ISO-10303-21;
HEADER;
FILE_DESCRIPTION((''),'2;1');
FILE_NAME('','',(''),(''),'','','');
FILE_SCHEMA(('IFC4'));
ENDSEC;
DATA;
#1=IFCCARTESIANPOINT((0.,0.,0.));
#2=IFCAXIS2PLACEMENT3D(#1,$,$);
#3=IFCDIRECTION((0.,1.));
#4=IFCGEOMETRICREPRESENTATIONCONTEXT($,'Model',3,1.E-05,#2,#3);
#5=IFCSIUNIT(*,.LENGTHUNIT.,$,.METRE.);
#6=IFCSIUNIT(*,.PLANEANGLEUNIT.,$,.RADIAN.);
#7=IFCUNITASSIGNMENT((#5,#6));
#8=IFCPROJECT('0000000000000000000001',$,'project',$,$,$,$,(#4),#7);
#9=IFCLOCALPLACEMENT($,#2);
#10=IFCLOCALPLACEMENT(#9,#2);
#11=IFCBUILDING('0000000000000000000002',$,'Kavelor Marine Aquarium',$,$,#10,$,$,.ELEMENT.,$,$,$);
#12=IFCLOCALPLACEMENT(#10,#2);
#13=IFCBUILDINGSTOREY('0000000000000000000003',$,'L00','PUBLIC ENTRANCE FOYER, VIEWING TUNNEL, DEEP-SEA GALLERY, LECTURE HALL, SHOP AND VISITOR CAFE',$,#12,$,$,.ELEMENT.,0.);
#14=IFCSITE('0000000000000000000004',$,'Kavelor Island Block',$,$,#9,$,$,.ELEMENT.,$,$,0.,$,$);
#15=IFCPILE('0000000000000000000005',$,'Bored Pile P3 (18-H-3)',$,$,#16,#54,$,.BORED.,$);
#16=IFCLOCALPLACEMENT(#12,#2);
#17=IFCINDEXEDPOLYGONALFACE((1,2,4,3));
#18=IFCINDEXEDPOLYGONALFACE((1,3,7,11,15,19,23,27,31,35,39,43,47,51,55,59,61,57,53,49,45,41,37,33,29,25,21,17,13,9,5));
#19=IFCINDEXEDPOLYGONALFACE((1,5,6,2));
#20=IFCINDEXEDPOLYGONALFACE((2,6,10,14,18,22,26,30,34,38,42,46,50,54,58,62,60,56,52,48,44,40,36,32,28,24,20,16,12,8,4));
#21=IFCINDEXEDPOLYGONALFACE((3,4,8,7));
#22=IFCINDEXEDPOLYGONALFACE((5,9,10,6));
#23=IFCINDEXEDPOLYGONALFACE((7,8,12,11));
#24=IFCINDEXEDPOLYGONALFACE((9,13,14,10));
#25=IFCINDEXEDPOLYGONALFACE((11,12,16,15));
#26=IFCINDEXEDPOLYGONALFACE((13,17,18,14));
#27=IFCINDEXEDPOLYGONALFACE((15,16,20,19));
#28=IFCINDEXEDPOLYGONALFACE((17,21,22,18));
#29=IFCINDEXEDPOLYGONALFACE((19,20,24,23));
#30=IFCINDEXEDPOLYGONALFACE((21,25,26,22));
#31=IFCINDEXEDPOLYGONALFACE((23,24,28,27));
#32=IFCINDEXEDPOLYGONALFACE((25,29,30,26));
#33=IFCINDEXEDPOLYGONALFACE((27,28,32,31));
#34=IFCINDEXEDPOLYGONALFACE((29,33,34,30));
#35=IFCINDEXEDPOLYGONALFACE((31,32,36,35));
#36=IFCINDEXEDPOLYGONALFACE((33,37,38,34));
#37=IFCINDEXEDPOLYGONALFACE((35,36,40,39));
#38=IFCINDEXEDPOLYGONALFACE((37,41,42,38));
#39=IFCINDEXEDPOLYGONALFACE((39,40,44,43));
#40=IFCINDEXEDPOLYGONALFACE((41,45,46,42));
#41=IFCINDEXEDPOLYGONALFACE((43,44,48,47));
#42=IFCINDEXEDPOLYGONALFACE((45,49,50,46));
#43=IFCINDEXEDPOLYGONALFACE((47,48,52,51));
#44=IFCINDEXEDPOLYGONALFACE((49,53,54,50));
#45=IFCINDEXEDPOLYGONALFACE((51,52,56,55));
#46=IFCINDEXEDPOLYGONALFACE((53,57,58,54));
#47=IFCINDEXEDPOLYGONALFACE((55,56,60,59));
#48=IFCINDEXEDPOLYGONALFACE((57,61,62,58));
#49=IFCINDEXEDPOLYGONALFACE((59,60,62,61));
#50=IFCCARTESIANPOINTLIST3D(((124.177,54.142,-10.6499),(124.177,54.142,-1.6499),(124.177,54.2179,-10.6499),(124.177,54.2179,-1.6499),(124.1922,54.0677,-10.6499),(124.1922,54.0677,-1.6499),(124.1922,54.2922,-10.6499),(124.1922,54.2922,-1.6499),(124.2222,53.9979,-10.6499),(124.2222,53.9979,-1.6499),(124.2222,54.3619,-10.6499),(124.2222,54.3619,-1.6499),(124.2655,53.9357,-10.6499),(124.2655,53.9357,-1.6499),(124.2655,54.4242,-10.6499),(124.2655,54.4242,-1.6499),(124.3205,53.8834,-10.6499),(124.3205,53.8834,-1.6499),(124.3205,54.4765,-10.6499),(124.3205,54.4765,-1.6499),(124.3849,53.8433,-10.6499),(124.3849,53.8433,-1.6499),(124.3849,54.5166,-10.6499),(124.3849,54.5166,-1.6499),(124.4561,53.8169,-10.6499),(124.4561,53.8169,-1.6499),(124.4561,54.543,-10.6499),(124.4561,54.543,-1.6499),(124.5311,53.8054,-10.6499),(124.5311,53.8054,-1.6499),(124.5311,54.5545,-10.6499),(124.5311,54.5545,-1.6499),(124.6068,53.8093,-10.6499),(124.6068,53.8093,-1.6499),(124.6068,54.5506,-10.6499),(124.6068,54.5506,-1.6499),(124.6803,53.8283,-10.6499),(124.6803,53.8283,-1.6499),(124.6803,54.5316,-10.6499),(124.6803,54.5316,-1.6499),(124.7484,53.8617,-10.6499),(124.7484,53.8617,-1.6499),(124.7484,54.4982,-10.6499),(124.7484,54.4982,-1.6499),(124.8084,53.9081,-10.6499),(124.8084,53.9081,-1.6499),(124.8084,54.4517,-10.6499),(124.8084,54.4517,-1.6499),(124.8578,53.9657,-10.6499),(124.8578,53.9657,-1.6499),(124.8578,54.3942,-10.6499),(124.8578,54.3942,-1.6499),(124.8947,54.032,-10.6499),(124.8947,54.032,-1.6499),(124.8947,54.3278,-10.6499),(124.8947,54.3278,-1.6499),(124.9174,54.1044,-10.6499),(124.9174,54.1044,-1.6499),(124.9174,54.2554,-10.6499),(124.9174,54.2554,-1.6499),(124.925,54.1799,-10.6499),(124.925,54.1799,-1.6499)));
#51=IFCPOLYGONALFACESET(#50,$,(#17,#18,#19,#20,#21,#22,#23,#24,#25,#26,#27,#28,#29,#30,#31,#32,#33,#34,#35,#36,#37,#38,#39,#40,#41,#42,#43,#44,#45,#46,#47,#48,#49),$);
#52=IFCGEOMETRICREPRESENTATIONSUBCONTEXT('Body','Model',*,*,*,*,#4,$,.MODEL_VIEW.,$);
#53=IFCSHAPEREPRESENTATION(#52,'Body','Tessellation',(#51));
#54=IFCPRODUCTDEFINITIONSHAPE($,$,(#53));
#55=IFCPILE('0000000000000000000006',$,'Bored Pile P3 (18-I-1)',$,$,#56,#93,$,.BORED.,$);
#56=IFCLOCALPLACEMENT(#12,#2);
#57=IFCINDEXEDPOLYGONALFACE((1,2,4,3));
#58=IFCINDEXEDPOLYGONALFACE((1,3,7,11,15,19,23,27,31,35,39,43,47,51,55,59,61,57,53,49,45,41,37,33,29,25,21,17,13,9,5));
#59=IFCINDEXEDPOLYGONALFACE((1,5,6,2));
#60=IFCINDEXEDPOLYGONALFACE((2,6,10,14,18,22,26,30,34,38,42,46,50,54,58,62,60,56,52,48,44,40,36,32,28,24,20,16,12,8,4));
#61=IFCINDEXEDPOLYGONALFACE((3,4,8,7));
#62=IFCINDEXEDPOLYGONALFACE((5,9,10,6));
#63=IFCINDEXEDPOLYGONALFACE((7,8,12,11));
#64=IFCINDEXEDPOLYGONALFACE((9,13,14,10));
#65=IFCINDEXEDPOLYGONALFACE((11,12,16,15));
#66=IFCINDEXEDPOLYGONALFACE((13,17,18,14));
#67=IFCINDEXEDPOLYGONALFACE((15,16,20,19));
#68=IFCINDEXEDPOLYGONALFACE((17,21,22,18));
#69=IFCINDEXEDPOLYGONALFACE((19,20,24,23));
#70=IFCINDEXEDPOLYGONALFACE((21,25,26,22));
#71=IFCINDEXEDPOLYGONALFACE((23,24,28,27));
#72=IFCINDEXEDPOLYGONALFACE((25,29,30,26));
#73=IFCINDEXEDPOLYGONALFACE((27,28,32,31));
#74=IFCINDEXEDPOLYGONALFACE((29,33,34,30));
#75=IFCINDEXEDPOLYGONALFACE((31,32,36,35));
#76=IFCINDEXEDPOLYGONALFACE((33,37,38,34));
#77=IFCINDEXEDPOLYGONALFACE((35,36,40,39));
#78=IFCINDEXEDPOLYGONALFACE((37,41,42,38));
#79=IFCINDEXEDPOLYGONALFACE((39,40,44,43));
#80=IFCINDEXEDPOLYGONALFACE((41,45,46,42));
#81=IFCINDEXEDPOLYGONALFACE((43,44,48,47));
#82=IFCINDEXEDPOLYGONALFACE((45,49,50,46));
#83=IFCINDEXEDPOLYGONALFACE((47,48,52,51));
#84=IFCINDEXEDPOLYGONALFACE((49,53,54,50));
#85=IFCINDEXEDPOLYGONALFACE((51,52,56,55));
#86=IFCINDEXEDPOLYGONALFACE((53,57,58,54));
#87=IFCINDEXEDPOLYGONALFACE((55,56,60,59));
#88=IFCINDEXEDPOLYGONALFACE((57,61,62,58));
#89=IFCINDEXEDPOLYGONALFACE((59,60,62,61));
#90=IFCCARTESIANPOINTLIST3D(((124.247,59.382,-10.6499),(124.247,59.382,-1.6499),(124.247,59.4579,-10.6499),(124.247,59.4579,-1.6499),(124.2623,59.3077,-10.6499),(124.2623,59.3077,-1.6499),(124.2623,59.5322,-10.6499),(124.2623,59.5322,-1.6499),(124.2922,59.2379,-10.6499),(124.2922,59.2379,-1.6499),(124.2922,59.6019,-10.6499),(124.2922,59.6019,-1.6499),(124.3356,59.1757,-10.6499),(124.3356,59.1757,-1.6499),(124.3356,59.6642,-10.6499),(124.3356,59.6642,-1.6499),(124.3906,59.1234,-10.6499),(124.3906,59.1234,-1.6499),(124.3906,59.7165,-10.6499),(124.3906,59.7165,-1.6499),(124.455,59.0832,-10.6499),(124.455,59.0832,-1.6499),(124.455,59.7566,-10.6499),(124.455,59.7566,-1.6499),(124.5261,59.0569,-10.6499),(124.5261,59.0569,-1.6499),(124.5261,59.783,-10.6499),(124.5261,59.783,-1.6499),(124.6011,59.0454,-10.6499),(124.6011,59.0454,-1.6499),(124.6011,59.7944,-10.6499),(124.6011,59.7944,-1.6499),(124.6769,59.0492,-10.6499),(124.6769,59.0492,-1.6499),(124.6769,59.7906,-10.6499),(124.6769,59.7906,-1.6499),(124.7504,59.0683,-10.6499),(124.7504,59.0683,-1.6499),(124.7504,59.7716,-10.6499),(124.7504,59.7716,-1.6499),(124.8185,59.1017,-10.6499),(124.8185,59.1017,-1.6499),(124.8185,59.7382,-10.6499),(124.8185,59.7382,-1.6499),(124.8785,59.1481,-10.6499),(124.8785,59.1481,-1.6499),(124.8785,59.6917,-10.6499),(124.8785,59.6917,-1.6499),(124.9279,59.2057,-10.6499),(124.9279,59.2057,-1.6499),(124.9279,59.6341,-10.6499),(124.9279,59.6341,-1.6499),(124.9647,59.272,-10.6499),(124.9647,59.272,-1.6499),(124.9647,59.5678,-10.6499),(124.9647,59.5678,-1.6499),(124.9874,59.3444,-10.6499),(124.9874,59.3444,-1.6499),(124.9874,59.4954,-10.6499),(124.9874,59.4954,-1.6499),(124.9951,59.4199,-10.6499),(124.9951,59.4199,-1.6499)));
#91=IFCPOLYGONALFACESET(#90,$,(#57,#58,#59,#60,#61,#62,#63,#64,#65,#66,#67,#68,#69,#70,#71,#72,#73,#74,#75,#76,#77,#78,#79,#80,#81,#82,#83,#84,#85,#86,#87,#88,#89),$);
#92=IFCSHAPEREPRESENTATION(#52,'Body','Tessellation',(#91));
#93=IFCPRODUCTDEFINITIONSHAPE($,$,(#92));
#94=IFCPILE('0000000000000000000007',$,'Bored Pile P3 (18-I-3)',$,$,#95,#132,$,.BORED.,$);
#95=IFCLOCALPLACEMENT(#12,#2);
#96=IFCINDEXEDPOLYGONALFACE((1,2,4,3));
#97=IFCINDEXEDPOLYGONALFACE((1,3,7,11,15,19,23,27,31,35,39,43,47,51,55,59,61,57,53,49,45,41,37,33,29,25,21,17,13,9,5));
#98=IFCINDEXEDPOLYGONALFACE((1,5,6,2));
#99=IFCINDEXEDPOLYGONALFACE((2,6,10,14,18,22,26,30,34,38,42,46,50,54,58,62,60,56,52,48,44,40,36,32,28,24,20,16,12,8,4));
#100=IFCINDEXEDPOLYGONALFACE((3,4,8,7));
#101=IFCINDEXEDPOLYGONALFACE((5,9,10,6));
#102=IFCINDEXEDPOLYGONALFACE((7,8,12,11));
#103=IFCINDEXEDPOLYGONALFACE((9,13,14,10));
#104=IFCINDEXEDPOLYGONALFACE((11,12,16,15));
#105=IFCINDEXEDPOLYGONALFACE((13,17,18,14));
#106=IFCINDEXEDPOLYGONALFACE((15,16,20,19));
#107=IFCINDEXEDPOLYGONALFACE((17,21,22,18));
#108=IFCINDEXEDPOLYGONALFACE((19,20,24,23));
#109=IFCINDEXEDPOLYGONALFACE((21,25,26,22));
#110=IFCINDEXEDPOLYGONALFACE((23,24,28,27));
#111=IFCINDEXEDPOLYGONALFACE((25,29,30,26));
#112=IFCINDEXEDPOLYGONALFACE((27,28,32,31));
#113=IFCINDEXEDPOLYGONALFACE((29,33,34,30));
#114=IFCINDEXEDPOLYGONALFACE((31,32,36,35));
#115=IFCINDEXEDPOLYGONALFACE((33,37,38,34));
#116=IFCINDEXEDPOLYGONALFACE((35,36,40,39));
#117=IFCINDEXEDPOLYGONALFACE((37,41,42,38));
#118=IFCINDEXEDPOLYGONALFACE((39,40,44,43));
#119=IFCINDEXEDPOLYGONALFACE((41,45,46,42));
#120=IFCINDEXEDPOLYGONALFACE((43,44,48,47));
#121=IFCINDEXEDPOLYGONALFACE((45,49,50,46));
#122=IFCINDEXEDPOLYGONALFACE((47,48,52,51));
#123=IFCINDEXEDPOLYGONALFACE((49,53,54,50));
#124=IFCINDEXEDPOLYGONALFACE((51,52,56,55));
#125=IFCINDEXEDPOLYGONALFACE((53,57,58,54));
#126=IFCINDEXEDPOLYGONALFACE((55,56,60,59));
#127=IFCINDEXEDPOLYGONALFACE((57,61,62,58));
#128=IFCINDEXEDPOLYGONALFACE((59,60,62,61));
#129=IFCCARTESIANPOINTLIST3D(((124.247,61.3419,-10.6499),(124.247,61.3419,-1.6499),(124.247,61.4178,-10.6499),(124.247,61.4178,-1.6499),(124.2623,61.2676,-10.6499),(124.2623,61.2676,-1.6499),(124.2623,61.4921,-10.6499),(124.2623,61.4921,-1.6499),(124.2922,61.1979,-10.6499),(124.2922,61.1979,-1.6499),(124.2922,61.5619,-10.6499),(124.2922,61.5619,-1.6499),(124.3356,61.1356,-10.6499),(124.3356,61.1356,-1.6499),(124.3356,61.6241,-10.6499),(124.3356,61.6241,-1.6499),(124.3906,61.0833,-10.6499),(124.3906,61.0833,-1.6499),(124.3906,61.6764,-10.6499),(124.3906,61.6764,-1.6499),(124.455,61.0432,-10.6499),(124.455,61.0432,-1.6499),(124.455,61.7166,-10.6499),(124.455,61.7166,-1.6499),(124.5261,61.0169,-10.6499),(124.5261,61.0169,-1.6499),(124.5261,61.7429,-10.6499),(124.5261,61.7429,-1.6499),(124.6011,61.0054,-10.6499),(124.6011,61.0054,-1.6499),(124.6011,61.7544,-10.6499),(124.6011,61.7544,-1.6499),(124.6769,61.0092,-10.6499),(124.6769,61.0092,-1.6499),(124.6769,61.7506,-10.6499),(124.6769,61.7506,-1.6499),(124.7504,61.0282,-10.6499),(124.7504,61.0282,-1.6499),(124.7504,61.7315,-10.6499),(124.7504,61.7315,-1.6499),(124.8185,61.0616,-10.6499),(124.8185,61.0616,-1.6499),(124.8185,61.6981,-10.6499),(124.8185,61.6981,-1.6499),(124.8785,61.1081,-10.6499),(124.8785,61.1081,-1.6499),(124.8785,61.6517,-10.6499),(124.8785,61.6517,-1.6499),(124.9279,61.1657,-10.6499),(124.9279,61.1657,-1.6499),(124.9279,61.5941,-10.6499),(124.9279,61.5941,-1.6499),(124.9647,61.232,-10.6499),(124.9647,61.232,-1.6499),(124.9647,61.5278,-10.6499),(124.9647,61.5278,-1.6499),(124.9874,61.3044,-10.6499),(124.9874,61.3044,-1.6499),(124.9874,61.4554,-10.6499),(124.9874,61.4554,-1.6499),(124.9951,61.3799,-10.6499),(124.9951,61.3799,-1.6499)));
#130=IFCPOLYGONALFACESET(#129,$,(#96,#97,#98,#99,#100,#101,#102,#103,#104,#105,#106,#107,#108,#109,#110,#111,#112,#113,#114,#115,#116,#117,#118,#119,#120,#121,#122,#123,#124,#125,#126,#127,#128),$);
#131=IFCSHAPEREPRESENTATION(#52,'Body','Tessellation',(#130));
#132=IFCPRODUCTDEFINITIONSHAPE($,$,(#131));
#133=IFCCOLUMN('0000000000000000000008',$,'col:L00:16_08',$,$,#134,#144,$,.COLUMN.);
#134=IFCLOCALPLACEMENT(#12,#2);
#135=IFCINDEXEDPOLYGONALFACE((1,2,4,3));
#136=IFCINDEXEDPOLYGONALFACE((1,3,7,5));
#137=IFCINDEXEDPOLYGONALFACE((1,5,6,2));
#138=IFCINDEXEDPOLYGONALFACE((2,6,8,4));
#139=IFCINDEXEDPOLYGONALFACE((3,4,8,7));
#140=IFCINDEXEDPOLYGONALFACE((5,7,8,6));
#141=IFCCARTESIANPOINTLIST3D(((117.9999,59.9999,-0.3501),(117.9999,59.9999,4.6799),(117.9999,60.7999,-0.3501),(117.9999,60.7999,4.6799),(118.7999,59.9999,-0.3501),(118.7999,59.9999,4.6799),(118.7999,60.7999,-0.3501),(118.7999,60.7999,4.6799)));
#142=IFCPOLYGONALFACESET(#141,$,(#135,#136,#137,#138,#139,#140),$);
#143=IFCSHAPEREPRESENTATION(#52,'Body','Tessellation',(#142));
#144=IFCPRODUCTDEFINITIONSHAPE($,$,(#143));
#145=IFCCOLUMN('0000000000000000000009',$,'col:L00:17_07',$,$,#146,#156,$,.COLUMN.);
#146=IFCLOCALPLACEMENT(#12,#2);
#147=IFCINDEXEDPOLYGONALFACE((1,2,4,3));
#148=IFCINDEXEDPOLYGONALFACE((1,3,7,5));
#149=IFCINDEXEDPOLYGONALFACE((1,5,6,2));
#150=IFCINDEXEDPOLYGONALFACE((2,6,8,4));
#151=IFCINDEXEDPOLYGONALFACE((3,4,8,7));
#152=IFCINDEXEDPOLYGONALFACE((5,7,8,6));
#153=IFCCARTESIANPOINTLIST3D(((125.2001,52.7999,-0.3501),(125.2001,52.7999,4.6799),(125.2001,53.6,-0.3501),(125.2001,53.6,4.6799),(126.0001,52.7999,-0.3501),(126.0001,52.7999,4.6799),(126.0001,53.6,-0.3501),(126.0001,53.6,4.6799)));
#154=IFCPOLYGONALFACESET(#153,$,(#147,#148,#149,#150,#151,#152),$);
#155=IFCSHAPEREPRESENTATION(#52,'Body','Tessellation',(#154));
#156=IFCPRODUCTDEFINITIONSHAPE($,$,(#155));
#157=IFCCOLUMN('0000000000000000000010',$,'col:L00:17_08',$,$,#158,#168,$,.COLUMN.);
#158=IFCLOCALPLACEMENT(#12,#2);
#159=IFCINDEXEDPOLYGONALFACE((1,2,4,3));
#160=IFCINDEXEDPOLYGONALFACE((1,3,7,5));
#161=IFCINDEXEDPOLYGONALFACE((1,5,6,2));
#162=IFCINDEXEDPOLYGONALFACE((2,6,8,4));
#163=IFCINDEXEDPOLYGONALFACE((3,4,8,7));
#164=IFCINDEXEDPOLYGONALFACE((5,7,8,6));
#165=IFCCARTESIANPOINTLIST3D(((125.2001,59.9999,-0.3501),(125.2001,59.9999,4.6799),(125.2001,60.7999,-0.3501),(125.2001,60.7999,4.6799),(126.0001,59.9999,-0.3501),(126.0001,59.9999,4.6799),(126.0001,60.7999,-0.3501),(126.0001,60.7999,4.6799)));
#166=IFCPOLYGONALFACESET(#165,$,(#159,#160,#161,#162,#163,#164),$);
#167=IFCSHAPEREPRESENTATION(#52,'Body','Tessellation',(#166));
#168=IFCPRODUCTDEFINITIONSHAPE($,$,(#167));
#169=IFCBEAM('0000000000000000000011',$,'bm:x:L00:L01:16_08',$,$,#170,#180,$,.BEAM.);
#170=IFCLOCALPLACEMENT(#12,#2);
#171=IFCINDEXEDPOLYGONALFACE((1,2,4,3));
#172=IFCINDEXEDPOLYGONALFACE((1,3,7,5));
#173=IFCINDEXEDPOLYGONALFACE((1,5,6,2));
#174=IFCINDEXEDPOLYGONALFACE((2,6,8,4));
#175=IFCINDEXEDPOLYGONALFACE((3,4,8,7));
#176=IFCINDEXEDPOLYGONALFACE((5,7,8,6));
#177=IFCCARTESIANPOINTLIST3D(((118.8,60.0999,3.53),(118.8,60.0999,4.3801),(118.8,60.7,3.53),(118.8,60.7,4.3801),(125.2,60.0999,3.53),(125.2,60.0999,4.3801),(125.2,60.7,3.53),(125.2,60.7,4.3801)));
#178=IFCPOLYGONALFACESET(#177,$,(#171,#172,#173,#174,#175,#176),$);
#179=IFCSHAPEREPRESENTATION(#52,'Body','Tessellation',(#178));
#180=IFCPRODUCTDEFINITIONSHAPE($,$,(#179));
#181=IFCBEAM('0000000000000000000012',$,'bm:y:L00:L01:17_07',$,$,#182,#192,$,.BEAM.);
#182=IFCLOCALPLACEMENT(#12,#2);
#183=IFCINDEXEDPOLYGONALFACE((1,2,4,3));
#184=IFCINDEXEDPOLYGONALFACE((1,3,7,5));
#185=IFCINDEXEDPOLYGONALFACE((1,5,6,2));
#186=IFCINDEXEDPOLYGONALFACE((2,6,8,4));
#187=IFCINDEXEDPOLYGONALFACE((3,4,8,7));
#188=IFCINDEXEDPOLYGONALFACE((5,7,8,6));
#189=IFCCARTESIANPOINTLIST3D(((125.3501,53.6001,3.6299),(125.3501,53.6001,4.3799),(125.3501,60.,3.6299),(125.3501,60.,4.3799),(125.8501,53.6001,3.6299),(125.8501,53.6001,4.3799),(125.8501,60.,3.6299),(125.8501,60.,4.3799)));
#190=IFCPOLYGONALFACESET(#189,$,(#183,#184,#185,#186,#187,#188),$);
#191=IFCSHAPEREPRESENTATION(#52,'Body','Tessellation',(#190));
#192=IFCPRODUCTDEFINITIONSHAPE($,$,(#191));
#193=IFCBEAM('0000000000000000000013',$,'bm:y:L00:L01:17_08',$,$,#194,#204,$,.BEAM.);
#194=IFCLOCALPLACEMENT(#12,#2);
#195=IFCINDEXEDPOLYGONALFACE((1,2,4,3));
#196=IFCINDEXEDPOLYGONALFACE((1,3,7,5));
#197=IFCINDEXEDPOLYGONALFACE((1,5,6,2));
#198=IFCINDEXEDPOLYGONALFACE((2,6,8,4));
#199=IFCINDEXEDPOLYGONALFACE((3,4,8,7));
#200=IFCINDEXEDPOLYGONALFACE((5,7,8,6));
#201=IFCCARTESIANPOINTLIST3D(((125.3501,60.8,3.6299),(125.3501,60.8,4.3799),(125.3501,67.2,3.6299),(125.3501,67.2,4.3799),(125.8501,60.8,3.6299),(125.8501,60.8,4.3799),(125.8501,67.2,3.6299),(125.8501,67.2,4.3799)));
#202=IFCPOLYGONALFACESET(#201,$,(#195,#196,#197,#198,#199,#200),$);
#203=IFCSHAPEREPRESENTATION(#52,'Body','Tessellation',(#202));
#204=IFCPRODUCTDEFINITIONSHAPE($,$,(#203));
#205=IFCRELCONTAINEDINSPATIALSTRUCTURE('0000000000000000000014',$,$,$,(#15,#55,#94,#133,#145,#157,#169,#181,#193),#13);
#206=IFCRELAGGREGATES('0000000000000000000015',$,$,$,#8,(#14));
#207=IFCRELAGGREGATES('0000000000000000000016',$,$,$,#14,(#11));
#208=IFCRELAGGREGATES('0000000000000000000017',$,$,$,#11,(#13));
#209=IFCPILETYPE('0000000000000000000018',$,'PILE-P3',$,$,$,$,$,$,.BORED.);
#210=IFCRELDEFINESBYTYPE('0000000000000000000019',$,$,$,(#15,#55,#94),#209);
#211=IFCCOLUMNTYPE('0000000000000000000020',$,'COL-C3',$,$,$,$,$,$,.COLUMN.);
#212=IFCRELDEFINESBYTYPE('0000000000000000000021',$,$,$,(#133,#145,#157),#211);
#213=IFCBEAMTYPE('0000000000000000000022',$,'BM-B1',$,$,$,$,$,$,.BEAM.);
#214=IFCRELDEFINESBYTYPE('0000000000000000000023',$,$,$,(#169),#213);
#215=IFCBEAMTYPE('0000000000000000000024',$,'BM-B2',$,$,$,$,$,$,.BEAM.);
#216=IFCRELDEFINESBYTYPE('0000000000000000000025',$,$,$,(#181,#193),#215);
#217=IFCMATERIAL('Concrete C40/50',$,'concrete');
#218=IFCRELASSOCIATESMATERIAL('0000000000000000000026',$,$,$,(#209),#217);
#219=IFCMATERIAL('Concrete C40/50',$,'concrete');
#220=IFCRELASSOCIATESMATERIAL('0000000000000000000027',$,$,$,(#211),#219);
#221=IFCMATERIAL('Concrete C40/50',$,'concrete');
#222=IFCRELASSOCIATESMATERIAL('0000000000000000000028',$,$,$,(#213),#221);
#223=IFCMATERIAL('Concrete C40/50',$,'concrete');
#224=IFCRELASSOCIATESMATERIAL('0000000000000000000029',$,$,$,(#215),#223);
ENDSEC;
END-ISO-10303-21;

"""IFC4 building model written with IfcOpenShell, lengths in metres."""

from ifc_helpers import new_model, si_unit, direction, frame, origin, origin_2d, place, context, subcontext, project, spatial, rectangle, circle, extrude, material, material_profile, profile_set, type_object, element, save


model = new_model("IFC4")

# Units and contexts
model_context = context("Model", 3, precision=1e-05, world=origin(), true_north=direction((0.0, 1.0)))
body_context = subcontext(model_context, "Body", "Model", "MODEL_VIEW")
ifc_project = project(units=[si_unit("LENGTHUNIT", "METRE"), si_unit("PLANEANGLEUNIT", "RADIAN")], contexts=[model_context])

# Site, building, storey
site_placement = place(None, origin())
site = spatial("IfcSite", under=ifc_project, at=site_placement, Name="Kavelor Island Block", CompositionType="ELEMENT", RefElevation=0.0)
building_placement = place(site_placement, origin())
building = spatial("IfcBuilding", under=site, at=building_placement, Name="Kavelor Marine Aquarium", CompositionType="ELEMENT")
storey_placement = place(building_placement, origin())
storey = spatial("IfcBuildingStorey", under=building, at=storey_placement, Name="L00", Description="PUBLIC ENTRANCE FOYER, VIEWING TUNNEL, DEEP-SEA GALLERY, LECTURE HALL, SHOP AND VISITOR CAFE", CompositionType="ELEMENT", Elevation=0.0)

# Piles
ifc_material_1 = material(Name="Concrete C40/50", Category="concrete")
ifc_material_profile_1 = material_profile(ifc_material_1, circle(Radius=0.375, at=origin_2d()), Name="PILE D750")
ifc_profile_set_1 = profile_set([ifc_material_profile_1], Name="Concrete C40/50")
pile_type_1 = type_object("IfcPileType", Name="PILE-P3", PredefinedType="BORED", material=ifc_profile_set_1)
for number, where, z_axis, x_axis, name in (
    (1, (124.55, 54.1799, -1.6499), (0.0, 0.0, -1.0), (1.0, 0.0, 0.0), "Bored Pile P3 (18-H-3)"),
    (2, (124.6201, 59.4199, -1.6499), (0.0, 0.0, -1.0), (1.0, 0.0, 0.0), "Bored Pile P3 (18-I-1)"),
    (3, (124.6201, 61.3799, -1.6499), (0.0, 0.0, -1.0), (1.0, 0.0, 0.0), "Bored Pile P3 (18-I-3)"),
):
    element("IfcPile", number, at=place(storey_placement, frame(where, z_axis=z_axis, x_axis=x_axis)), inside=storey, type_object=pile_type_1, Name=name, PredefinedType="BORED", context=body_context, shape_type="SweptSolid", body=[
        extrude(circle(Radius=0.375, at=origin_2d()), origin(), (0.0, 0.0, 1.0), 9.0),
    ])

# Columns
ifc_material_2 = material(Name="Concrete C40/50", Category="concrete")
ifc_material_profile_2 = material_profile(ifc_material_2, rectangle(XDim=0.8, YDim=0.8, at=origin_2d()), Name="RC-COL 800x800")
ifc_profile_set_2 = profile_set([ifc_material_profile_2], Name="Concrete C40/50")
column_type = type_object("IfcColumnType", Name="COL-C3", PredefinedType="COLUMN", material=ifc_profile_set_2)
for number, where, z_axis, x_axis, name in (
    (4, (118.3999, 60.3999, -0.3501), (0.0, 0.0, 1.0), (1.0, 0.0, 0.0), "col:L00:16_08"),
    (5, (125.6001, 53.2, -0.3501), (0.0, 0.0, 1.0), (1.0, 0.0, 0.0), "col:L00:17_07"),
    (6, (125.6001, 60.3999, -0.3501), (0.0, 0.0, 1.0), (1.0, 0.0, 0.0), "col:L00:17_08"),
):
    element("IfcColumn", number, at=place(storey_placement, frame(where, z_axis=z_axis, x_axis=x_axis)), inside=storey, type_object=column_type, Name=name, PredefinedType="COLUMN", context=body_context, shape_type="SweptSolid", body=[
        extrude(rectangle(XDim=0.8, YDim=0.8, at=origin_2d()), origin(), (0.0, 0.0, 1.0), 5.03),
    ])

# Beams
ifc_material_3 = material(Name="Concrete C40/50", Category="concrete")
ifc_material_profile_3 = material_profile(ifc_material_3, rectangle(XDim=0.6001, YDim=0.8501, at=origin_2d()), Name="RC-BM 600x850")
ifc_profile_set_3 = profile_set([ifc_material_profile_3], Name="Concrete C40/50")
beam_type_1 = type_object("IfcBeamType", Name="BM-B1", PredefinedType="BEAM", material=ifc_profile_set_3)
beam_1_placement = place(storey_placement, frame((118.8, 60.3999, 3.9551), z_axis=(1.0, 0.0, 0.0), x_axis=(0.0, 1.0, 0.0)))
element("IfcBeam", 7, at=beam_1_placement, inside=storey, type_object=beam_type_1, Name="bm:x:L00:L01:16_08", PredefinedType="BEAM", context=body_context, shape_type="SweptSolid", body=[
    extrude(rectangle(XDim=0.6001, YDim=0.8501, at=origin_2d()), origin(), (0.0, 0.0, 1.0), 6.3999),
])
ifc_material_4 = material(Name="Concrete C40/50", Category="concrete")
ifc_material_profile_4 = material_profile(ifc_material_4, rectangle(XDim=0.5, YDim=0.75, at=origin_2d()), Name="RC-BM 500x750")
ifc_profile_set_4 = profile_set([ifc_material_profile_4], Name="Concrete C40/50")
beam_type_2 = type_object("IfcBeamType", Name="BM-B2", PredefinedType="BEAM", material=ifc_profile_set_4)
for number, where, z_axis, x_axis, name in (
    (8, (125.6001, 53.6001, 4.0049), (0.0, 1.0, 0.0), (-1.0, 0.0, 0.0), "bm:y:L00:L01:17_07"),
    (9, (125.6001, 60.8, 4.0049), (0.0, 1.0, 0.0), (-1.0, 0.0, 0.0), "bm:y:L00:L01:17_08"),
):
    element("IfcBeam", number, at=place(storey_placement, frame(where, z_axis=z_axis, x_axis=x_axis)), inside=storey, type_object=beam_type_2, Name=name, PredefinedType="BEAM", context=body_context, shape_type="SweptSolid", body=[
        extrude(rectangle(XDim=0.5, YDim=0.75, at=origin_2d()), origin(), (0.0, 0.0, 1.0), 6.3999),
    ])

save(model, "model.ifc")
